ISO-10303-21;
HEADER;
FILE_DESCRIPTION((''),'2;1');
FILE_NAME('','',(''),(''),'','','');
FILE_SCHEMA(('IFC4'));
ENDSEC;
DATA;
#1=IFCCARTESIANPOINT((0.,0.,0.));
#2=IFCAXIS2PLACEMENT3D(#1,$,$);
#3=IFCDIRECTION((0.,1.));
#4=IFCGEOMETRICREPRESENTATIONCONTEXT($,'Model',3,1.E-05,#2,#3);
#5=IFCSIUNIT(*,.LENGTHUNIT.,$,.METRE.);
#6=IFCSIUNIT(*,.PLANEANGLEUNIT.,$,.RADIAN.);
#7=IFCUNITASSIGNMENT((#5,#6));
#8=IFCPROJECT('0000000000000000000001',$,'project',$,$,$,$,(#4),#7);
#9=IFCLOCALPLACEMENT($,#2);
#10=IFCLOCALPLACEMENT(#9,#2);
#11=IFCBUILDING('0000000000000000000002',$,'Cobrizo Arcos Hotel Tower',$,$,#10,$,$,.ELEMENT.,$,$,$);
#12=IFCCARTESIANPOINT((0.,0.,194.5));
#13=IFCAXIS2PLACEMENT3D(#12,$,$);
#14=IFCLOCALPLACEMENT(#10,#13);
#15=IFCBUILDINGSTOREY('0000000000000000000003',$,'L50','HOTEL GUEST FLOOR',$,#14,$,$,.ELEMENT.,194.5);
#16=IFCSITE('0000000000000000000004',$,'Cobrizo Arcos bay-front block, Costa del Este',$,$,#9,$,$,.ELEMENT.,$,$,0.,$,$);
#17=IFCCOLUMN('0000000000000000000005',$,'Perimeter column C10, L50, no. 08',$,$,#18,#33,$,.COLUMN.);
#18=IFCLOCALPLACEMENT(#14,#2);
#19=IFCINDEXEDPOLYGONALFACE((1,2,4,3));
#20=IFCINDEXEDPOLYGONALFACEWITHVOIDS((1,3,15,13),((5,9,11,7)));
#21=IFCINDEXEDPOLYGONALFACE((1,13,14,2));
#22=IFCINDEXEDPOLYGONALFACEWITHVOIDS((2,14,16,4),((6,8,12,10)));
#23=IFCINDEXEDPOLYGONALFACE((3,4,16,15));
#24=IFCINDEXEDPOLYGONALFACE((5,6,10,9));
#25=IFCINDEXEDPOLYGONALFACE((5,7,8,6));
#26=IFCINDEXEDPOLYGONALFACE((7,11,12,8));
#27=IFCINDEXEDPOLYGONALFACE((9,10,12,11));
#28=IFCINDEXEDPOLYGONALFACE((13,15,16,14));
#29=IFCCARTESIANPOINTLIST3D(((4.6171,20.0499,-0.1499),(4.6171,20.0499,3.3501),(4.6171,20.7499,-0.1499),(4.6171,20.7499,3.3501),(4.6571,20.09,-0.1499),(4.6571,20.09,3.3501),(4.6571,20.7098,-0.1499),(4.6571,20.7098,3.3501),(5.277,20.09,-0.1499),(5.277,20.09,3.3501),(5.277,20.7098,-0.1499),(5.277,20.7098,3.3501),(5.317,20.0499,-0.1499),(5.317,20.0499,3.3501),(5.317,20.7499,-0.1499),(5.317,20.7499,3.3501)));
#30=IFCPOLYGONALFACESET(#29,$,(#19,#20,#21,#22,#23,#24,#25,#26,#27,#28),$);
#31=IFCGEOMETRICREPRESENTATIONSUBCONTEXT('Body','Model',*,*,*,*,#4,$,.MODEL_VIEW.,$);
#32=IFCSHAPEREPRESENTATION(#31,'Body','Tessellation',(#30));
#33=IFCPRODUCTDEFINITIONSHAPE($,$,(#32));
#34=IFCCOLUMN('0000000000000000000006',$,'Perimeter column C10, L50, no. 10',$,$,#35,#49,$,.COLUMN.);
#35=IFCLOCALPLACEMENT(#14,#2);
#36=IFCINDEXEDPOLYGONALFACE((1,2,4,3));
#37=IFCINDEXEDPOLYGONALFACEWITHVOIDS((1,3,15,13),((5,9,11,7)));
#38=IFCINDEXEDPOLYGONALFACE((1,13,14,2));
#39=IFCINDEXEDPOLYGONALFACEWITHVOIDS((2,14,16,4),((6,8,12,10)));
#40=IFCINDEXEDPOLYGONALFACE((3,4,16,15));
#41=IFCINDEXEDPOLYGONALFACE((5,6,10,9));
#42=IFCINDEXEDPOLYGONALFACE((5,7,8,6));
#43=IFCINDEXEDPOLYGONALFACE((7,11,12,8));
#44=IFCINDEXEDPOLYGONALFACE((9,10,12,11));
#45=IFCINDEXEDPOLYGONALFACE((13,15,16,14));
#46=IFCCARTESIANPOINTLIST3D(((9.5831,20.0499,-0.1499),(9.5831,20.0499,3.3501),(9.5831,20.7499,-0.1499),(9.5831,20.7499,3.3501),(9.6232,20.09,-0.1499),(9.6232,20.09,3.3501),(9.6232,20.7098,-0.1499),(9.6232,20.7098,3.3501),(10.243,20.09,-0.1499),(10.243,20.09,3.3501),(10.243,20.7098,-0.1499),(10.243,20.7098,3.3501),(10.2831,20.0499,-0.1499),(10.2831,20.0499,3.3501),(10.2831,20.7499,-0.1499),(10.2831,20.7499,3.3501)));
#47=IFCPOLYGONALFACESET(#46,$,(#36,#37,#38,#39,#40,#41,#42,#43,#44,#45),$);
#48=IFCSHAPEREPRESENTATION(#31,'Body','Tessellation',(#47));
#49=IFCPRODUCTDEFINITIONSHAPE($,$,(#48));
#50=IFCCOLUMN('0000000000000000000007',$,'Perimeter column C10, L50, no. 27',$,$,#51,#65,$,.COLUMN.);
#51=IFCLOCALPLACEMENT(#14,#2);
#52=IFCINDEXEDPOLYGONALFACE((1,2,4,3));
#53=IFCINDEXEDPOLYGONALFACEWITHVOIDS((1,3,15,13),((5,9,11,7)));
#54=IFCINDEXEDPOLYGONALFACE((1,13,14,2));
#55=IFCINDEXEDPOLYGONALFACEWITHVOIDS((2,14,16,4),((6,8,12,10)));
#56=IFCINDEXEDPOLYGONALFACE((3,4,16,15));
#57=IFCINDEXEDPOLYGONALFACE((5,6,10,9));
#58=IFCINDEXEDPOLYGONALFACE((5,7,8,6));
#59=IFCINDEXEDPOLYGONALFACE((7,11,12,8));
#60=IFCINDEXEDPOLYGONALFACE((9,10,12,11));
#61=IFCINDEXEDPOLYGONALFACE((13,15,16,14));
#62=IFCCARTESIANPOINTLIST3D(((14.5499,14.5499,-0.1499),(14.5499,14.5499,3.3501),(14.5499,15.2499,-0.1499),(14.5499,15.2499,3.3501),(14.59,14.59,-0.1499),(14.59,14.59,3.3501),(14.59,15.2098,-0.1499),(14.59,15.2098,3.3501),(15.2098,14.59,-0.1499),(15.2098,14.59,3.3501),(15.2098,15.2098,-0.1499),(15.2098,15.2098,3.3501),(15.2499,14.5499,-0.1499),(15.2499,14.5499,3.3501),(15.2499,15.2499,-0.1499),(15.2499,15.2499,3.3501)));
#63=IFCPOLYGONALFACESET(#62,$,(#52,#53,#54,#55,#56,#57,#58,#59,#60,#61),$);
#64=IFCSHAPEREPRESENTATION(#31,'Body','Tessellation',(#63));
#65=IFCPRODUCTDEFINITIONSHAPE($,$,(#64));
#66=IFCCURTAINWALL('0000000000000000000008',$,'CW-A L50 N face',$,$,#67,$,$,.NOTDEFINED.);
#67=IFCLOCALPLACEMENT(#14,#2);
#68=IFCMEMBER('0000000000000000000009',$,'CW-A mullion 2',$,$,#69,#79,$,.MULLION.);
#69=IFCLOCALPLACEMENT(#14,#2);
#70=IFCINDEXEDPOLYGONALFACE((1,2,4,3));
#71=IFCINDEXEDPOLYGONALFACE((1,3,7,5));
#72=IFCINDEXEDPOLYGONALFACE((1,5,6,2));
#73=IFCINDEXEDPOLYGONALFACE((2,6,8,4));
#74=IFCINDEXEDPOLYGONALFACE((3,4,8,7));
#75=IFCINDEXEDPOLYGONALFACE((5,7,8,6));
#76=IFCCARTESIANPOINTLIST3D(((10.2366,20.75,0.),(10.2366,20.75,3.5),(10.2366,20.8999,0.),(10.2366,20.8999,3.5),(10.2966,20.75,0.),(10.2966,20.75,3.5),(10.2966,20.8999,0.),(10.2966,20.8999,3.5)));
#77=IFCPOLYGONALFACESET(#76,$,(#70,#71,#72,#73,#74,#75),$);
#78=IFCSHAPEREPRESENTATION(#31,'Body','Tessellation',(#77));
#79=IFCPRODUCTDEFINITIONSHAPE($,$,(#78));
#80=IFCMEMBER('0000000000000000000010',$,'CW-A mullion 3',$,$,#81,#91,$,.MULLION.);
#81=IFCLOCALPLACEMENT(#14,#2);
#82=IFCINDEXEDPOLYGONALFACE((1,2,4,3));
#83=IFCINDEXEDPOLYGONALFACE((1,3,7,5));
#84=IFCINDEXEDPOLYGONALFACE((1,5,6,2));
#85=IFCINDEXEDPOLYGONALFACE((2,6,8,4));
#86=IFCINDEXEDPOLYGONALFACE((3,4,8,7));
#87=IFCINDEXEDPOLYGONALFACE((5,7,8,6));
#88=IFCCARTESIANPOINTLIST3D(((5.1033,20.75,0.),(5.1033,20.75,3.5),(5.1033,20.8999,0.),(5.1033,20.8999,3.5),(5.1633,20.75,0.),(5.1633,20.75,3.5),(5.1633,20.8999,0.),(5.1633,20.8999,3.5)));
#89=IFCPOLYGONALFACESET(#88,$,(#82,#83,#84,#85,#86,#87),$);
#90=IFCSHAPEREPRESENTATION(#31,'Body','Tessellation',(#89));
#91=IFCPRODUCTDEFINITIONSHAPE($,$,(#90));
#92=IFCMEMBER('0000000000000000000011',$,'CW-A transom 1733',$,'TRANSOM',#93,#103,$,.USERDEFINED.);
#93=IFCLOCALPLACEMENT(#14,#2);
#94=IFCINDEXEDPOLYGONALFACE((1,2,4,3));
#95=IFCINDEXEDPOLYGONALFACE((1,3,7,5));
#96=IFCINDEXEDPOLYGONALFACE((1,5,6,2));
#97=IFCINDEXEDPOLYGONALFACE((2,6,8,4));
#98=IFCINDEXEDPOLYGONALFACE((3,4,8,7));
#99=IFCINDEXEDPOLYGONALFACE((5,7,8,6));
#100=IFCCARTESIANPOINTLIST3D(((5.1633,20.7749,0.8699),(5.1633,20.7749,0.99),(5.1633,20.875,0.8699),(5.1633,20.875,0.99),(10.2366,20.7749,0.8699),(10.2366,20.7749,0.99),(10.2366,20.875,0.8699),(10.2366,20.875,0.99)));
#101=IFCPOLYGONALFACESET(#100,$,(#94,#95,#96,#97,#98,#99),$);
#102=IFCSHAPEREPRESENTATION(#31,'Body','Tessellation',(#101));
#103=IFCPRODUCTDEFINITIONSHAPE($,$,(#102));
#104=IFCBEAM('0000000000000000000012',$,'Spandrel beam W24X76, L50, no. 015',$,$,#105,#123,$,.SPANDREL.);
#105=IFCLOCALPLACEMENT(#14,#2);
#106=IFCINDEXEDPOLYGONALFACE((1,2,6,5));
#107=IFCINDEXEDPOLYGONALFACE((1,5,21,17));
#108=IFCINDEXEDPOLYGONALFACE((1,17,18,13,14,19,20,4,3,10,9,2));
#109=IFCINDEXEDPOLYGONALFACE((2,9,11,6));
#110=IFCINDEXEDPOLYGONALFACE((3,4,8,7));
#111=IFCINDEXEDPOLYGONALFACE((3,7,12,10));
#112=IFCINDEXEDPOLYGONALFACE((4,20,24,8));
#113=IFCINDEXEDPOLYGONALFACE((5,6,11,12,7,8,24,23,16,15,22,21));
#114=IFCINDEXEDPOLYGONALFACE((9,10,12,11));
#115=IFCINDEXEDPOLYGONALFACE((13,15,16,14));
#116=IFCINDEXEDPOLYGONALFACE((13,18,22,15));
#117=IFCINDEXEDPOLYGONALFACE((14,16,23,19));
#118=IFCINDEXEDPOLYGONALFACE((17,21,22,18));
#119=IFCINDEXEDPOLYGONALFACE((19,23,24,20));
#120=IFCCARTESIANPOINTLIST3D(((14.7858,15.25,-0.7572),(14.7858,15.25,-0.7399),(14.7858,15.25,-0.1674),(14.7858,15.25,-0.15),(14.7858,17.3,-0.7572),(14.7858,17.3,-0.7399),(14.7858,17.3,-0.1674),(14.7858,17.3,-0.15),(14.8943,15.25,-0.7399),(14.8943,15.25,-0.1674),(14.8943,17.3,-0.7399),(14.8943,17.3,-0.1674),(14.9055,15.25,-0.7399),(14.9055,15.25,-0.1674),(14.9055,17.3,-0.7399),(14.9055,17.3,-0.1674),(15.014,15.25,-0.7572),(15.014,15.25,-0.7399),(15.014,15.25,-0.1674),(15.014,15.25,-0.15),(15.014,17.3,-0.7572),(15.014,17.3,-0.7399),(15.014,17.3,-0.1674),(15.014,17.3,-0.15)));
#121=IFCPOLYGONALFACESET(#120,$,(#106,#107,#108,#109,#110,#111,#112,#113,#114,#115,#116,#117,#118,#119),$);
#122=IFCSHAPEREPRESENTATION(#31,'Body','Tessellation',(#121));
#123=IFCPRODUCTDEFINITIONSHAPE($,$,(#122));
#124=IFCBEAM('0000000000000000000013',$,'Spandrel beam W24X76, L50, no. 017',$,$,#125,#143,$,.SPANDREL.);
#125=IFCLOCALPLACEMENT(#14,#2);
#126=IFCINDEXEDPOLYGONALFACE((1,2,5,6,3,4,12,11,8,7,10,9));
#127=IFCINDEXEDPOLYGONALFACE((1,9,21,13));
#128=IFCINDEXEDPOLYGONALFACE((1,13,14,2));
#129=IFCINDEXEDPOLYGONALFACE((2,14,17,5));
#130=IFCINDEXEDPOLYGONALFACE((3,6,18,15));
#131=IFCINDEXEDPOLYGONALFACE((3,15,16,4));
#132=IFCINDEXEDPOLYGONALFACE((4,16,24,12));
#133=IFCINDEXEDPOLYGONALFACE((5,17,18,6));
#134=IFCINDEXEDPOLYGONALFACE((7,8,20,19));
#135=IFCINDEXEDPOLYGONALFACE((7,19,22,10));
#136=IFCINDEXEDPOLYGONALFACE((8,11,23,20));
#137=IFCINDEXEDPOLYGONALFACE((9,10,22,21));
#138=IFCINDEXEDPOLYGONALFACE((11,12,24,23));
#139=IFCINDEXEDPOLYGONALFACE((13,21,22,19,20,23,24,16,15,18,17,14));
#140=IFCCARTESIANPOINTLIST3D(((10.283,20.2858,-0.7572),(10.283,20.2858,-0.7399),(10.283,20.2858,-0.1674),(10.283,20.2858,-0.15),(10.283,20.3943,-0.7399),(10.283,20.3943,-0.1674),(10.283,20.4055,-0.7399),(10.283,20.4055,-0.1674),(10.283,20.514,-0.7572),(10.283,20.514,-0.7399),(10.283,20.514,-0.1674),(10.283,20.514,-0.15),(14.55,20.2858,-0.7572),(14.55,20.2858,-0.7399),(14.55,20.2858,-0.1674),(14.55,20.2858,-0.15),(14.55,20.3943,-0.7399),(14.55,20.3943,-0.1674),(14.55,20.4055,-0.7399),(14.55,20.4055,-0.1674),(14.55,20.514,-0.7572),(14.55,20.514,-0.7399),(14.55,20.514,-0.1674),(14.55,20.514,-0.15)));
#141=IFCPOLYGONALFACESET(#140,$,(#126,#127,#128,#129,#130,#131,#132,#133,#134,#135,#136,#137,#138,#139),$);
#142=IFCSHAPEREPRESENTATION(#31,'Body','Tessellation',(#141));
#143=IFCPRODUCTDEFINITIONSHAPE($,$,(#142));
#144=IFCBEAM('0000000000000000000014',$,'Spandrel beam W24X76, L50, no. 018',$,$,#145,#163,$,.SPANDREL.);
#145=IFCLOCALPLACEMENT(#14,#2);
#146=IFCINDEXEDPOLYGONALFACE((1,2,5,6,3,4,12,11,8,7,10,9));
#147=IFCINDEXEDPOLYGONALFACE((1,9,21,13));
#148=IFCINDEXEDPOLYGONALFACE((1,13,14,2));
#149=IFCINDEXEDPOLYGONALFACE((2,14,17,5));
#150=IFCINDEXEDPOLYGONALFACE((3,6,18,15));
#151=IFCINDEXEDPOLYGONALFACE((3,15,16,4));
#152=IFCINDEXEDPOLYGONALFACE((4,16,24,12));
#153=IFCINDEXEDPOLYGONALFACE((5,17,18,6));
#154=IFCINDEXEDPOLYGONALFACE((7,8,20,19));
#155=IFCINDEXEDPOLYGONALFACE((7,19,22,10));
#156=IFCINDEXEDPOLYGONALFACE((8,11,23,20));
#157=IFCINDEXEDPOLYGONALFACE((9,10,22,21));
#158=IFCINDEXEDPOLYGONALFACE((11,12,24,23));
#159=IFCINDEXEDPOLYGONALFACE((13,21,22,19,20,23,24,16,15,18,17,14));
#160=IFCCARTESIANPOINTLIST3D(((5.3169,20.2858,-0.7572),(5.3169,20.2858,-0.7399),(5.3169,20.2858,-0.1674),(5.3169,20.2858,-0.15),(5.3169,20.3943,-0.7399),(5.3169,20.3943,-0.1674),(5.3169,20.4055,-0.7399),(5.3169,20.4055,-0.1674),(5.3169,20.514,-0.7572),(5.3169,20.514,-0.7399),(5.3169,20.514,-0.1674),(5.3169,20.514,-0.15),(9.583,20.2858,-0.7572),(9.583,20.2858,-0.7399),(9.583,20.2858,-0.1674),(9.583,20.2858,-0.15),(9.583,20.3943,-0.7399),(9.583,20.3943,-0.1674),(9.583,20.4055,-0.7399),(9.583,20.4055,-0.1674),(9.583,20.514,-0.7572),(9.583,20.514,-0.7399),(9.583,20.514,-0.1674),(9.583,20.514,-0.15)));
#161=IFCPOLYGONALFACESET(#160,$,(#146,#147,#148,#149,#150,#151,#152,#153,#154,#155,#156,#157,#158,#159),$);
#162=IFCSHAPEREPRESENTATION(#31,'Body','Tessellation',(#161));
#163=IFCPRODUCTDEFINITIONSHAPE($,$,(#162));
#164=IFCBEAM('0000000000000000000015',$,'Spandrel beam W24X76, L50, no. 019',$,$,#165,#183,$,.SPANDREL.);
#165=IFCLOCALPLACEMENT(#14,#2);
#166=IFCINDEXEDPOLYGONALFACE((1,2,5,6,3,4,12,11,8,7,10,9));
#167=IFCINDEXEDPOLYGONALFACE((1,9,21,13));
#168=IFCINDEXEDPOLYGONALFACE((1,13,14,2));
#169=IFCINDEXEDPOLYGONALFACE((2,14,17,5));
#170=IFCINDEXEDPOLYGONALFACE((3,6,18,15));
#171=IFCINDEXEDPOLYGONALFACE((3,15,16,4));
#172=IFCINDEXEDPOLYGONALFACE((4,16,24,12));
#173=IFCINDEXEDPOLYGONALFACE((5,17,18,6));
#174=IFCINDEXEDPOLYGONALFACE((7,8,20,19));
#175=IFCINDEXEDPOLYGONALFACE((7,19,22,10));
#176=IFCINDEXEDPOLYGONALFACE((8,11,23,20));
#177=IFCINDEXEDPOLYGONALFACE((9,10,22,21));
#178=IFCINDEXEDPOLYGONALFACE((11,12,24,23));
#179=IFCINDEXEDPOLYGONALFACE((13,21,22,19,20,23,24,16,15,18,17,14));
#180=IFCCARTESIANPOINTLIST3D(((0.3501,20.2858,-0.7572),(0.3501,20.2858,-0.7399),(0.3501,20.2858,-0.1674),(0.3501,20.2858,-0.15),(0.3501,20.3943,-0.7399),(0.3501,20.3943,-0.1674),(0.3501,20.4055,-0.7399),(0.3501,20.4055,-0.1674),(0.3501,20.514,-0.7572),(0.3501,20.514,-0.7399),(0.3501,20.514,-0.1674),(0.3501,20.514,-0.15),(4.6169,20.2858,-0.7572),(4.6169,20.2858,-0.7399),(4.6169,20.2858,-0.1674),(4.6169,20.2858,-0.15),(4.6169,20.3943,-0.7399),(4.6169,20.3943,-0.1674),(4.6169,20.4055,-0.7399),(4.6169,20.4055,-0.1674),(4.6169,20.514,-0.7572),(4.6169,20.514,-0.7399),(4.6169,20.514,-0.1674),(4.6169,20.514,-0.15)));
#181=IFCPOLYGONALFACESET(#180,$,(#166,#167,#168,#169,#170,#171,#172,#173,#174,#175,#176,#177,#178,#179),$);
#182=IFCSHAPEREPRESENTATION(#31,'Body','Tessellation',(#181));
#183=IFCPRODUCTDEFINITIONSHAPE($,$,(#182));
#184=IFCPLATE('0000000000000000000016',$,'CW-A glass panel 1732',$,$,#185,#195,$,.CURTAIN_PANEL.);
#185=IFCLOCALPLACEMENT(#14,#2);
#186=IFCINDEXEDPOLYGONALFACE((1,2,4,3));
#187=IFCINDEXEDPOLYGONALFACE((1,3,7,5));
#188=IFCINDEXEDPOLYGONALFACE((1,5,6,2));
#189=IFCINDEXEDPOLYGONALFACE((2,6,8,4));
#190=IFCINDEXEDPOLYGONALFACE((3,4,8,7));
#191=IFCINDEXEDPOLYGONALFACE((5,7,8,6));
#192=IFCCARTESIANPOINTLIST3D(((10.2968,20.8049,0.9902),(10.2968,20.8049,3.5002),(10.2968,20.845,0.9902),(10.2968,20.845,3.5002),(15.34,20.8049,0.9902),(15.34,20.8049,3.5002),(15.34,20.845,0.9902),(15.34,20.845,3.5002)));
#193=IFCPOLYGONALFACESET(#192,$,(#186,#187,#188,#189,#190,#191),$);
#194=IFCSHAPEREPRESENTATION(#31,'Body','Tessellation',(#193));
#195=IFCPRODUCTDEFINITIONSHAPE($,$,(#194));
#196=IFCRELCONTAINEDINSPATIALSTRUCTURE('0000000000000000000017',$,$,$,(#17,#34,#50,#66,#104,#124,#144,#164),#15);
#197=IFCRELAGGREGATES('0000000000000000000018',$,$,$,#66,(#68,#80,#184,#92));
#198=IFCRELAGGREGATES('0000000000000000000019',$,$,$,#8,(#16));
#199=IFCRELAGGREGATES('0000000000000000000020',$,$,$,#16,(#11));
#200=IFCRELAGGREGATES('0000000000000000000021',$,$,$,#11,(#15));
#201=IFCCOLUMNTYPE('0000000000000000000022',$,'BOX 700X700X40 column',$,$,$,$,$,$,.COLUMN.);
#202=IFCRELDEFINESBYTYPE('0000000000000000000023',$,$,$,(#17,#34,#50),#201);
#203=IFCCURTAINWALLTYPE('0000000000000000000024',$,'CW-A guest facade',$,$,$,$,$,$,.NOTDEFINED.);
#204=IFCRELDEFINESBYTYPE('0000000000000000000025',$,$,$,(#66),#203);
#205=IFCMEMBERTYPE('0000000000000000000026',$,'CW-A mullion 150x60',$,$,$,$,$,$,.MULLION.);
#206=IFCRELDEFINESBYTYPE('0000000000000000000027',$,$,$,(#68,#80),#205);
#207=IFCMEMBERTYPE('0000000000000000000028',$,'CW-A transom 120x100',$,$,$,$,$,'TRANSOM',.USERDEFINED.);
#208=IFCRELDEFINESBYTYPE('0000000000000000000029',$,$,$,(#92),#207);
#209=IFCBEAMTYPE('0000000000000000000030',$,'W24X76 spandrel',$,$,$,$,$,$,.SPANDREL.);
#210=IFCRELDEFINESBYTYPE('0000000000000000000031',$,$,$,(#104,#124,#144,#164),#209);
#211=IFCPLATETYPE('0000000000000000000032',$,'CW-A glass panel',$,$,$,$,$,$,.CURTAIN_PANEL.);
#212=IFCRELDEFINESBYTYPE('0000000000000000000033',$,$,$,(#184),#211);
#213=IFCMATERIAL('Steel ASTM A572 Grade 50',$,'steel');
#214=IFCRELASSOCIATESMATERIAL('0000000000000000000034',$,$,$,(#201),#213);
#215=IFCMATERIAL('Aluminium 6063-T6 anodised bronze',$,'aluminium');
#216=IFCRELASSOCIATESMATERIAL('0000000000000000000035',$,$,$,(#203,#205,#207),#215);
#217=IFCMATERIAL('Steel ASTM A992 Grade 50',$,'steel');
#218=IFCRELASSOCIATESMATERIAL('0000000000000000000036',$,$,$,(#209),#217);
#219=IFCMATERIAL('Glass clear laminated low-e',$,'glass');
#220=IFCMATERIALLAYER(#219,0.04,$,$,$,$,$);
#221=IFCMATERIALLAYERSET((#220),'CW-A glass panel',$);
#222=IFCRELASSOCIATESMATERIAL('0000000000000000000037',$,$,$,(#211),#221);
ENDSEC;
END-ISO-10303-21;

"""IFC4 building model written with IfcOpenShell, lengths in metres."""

from ifc_helpers import new_model, si_unit, direction, frame, origin, origin_2d, place, context, subcontext, project, spatial, rectangle, hollow_rectangle, i_section, extrude, material, layer, layer_set, material_profile, profile_set, type_object, element, aggregate, save


model = new_model("IFC4")

# Units and contexts
model_context = context("Model", 3, precision=1e-05, world=origin(), true_north=direction((0.0, 1.0)))
body_context = subcontext(model_context, "Body", "Model", "MODEL_VIEW")
ifc_project = project(units=[si_unit("LENGTHUNIT", "METRE"), si_unit("PLANEANGLEUNIT", "RADIAN")], contexts=[model_context])

# Site, building, storey
site_placement = place(None, origin())
site = spatial("IfcSite", under=ifc_project, at=site_placement, Name="Cobrizo Arcos bay-front block, Costa del Este", CompositionType="ELEMENT", RefElevation=0.0)
building_placement = place(site_placement, origin())
building = spatial("IfcBuilding", under=site, at=building_placement, Name="Cobrizo Arcos Hotel Tower", CompositionType="ELEMENT")
storey_placement = place(building_placement, frame((0.0, 0.0, 194.5)))
storey = spatial("IfcBuildingStorey", under=building, at=storey_placement, Name="L50", Description="HOTEL GUEST FLOOR", CompositionType="ELEMENT", Elevation=194.5)

# Columns
ifc_material_1 = material(Name="Steel ASTM A572 Grade 50", Category="steel")
ifc_material_profile_1 = material_profile(ifc_material_1, hollow_rectangle(XDim=0.7, YDim=0.7, WallThickness=0.04, at=origin_2d()), Name="BOX 700X700X40")
ifc_profile_set_1 = profile_set([ifc_material_profile_1], Name="Steel ASTM A572 Grade 50")
column_type = type_object("IfcColumnType", Name="BOX 700X700X40 column", PredefinedType="COLUMN", material=ifc_profile_set_1)
for number, where, z_axis, x_axis, name in (
    (1, (4.967, 20.3999, -0.1499), (0.0, 0.0, 1.0), (1.0, 0.0, 0.0), "Perimeter column C10, L50, no. 08"),
    (2, (9.9331, 20.3999, -0.1499), (0.0, 0.0, 1.0), (1.0, 0.0, 0.0), "Perimeter column C10, L50, no. 10"),
    (3, (14.8999, 14.8999, -0.1499), (0.0, 0.0, 1.0), (1.0, 0.0, 0.0), "Perimeter column C10, L50, no. 27"),
):
    element("IfcColumn", number, at=place(storey_placement, frame(where, z_axis=z_axis, x_axis=x_axis)), inside=storey, type_object=column_type, Name=name, PredefinedType="COLUMN", context=body_context, shape_type="SweptSolid", body=[
        extrude(hollow_rectangle(XDim=0.7, YDim=0.7, WallThickness=0.04, at=origin_2d()), origin(), (0.0, 0.0, 1.0), 3.5),
    ])

# Curtain wall, members
ifc_material_2 = material(Name="Aluminium 6063-T6 anodised bronze", Category="aluminium")
curtain_wall_type = type_object("IfcCurtainWallType", Name="CW-A guest facade", PredefinedType="NOTDEFINED", material=ifc_material_2)
curtain_wall_placement = place(storey_placement, origin())
curtain_wall = element("IfcCurtainWall", 4, at=curtain_wall_placement, inside=storey, type_object=curtain_wall_type, Name="CW-A L50 N face", PredefinedType="NOTDEFINED")
ifc_material_profile_2 = material_profile(ifc_material_2, rectangle(XDim=0.1499, YDim=0.0601, at=origin_2d()), Name="CW-A mullion 150x60")
ifc_profile_set_2 = profile_set([ifc_material_profile_2], Name="Aluminium 6063-T6 anodised bronze")
member_type_1 = type_object("IfcMemberType", Name="CW-A mullion 150x60", PredefinedType="MULLION", material=ifc_profile_set_2)
member_1_placement = place(storey_placement, frame((10.2666, 20.825, 0.0), z_axis=(0.0, 0.0, 1.0), x_axis=(0.0, 1.0, 0.0)))
member_1 = element("IfcMember", 5, at=member_1_placement, type_object=member_type_1, Name="CW-A mullion 2", PredefinedType="MULLION", context=body_context, shape_type="SweptSolid", body=[
    extrude(rectangle(XDim=0.1499, YDim=0.0601, at=origin_2d()), origin(), (0.0, 0.0, 1.0), 3.5),
])
member_2_placement = place(storey_placement, frame((5.1333, 20.825, 0.0), z_axis=(0.0, 0.0, 1.0), x_axis=(0.0, 1.0, 0.0)))
member_2 = element("IfcMember", 6, at=member_2_placement, type_object=member_type_1, Name="CW-A mullion 3", PredefinedType="MULLION", context=body_context, shape_type="SweptSolid", body=[
    extrude(rectangle(XDim=0.1499, YDim=0.0601, at=origin_2d()), origin(), (0.0, 0.0, 1.0), 3.5),
])
ifc_material_profile_3 = material_profile(ifc_material_2, rectangle(XDim=0.1001, YDim=0.1201, at=origin_2d()), Name="CW-A transom 120x100")
ifc_profile_set_3 = profile_set([ifc_material_profile_3], Name="Aluminium 6063-T6 anodised bronze")
member_type_2 = type_object("IfcMemberType", Name="CW-A transom 120x100", ElementType="TRANSOM", PredefinedType="USERDEFINED", material=ifc_profile_set_3)
member_3_placement = place(storey_placement, frame((10.2366, 20.825, 0.9299), z_axis=(-1.0, 0.0, 0.0), x_axis=(0.0, -1.0, 0.0)))
member_3 = element("IfcMember", 7, at=member_3_placement, type_object=member_type_2, Name="CW-A transom 1733", ObjectType="TRANSOM", PredefinedType="USERDEFINED", context=body_context, shape_type="SweptSolid", body=[
    extrude(rectangle(XDim=0.1001, YDim=0.1201, at=origin_2d()), origin(), (0.0, 0.0, 1.0), 5.0732),
])

# Beams
ifc_material_3 = material(Name="Steel ASTM A992 Grade 50", Category="steel")
ifc_material_profile_4 = material_profile(ifc_material_3, i_section(OverallWidth=0.2283, OverallDepth=0.6072, WebThickness=0.0112, FlangeThickness=0.0173, at=origin_2d()), Name="W24X76")
ifc_profile_set_4 = profile_set([ifc_material_profile_4], Name="Steel ASTM A992 Grade 50")
beam_type = type_object("IfcBeamType", Name="W24X76 spandrel", PredefinedType="SPANDREL", material=ifc_profile_set_4)
beam_1_placement = place(storey_placement, frame((14.8999, 15.25, -0.4536), z_axis=(0.0, 1.0, 0.0), x_axis=(-1.0, 0.0, 0.0)))
element("IfcBeam", 8, at=beam_1_placement, inside=storey, type_object=beam_type, Name="Spandrel beam W24X76, L50, no. 015", PredefinedType="SPANDREL", context=body_context, shape_type="SweptSolid", body=[
    extrude(i_section(OverallWidth=0.2283, OverallDepth=0.6072, WebThickness=0.0112, FlangeThickness=0.0173, at=origin_2d()), origin(), (0.0, 0.0, 1.0), 2.05),
])
beam_2_placement = place(storey_placement, frame((14.55, 20.3999, -0.4536), z_axis=(-1.0, 0.0, 0.0), x_axis=(0.0, -1.0, 0.0)))
element("IfcBeam", 9, at=beam_2_placement, inside=storey, type_object=beam_type, Name="Spandrel beam W24X76, L50, no. 017", PredefinedType="SPANDREL", context=body_context, shape_type="SweptSolid", body=[
    extrude(i_section(OverallWidth=0.2283, OverallDepth=0.6072, WebThickness=0.0112, FlangeThickness=0.0173, at=origin_2d()), origin(), (0.0, 0.0, 1.0), 4.2671),
])
beam_3_placement = place(storey_placement, frame((9.583, 20.3999, -0.4536), z_axis=(-1.0, 0.0, 0.0), x_axis=(0.0, -1.0, 0.0)))
element("IfcBeam", 10, at=beam_3_placement, inside=storey, type_object=beam_type, Name="Spandrel beam W24X76, L50, no. 018", PredefinedType="SPANDREL", context=body_context, shape_type="SweptSolid", body=[
    extrude(i_section(OverallWidth=0.2283, OverallDepth=0.6072, WebThickness=0.0112, FlangeThickness=0.0173, at=origin_2d()), origin(), (0.0, 0.0, 1.0), 4.2661),
])
beam_4_placement = place(storey_placement, frame((4.6169, 20.3999, -0.4536), z_axis=(-1.0, 0.0, 0.0), x_axis=(0.0, -1.0, 0.0)))
element("IfcBeam", 11, at=beam_4_placement, inside=storey, type_object=beam_type, Name="Spandrel beam W24X76, L50, no. 019", PredefinedType="SPANDREL", context=body_context, shape_type="SweptSolid", body=[
    extrude(i_section(OverallWidth=0.2283, OverallDepth=0.6072, WebThickness=0.0112, FlangeThickness=0.0173, at=origin_2d()), origin(), (0.0, 0.0, 1.0), 4.2668),
])

# Plate
ifc_material_4 = material(Name="Glass clear laminated low-e", Category="glass")
ifc_layer_1 = layer(ifc_material_4, 0.04)
ifc_layer_set_1 = layer_set([ifc_layer_1], Name="CW-A glass panel")
plate_type_1 = type_object("IfcPlateType", Name="CW-A glass panel", PredefinedType="CURTAIN_PANEL", material=ifc_layer_set_1)
plate_1_placement = place(storey_placement, frame((12.8184, 20.825, 0.9902), z_axis=(0.0, 0.0, 1.0), x_axis=(-1.0, 0.0, 0.0)))
plate_1 = element("IfcPlate", 12, at=plate_1_placement, type_object=plate_type_1, Name="CW-A glass panel 1732", PredefinedType="CURTAIN_PANEL", context=body_context, shape_type="SweptSolid", body=[
    extrude(rectangle(XDim=5.0432, YDim=0.04, at=origin_2d()), origin(), (0.0, 0.0, 1.0), 2.51),
])
aggregate(curtain_wall, [member_1, member_2, plate_1, member_3])

save(model, "model.ifc")
